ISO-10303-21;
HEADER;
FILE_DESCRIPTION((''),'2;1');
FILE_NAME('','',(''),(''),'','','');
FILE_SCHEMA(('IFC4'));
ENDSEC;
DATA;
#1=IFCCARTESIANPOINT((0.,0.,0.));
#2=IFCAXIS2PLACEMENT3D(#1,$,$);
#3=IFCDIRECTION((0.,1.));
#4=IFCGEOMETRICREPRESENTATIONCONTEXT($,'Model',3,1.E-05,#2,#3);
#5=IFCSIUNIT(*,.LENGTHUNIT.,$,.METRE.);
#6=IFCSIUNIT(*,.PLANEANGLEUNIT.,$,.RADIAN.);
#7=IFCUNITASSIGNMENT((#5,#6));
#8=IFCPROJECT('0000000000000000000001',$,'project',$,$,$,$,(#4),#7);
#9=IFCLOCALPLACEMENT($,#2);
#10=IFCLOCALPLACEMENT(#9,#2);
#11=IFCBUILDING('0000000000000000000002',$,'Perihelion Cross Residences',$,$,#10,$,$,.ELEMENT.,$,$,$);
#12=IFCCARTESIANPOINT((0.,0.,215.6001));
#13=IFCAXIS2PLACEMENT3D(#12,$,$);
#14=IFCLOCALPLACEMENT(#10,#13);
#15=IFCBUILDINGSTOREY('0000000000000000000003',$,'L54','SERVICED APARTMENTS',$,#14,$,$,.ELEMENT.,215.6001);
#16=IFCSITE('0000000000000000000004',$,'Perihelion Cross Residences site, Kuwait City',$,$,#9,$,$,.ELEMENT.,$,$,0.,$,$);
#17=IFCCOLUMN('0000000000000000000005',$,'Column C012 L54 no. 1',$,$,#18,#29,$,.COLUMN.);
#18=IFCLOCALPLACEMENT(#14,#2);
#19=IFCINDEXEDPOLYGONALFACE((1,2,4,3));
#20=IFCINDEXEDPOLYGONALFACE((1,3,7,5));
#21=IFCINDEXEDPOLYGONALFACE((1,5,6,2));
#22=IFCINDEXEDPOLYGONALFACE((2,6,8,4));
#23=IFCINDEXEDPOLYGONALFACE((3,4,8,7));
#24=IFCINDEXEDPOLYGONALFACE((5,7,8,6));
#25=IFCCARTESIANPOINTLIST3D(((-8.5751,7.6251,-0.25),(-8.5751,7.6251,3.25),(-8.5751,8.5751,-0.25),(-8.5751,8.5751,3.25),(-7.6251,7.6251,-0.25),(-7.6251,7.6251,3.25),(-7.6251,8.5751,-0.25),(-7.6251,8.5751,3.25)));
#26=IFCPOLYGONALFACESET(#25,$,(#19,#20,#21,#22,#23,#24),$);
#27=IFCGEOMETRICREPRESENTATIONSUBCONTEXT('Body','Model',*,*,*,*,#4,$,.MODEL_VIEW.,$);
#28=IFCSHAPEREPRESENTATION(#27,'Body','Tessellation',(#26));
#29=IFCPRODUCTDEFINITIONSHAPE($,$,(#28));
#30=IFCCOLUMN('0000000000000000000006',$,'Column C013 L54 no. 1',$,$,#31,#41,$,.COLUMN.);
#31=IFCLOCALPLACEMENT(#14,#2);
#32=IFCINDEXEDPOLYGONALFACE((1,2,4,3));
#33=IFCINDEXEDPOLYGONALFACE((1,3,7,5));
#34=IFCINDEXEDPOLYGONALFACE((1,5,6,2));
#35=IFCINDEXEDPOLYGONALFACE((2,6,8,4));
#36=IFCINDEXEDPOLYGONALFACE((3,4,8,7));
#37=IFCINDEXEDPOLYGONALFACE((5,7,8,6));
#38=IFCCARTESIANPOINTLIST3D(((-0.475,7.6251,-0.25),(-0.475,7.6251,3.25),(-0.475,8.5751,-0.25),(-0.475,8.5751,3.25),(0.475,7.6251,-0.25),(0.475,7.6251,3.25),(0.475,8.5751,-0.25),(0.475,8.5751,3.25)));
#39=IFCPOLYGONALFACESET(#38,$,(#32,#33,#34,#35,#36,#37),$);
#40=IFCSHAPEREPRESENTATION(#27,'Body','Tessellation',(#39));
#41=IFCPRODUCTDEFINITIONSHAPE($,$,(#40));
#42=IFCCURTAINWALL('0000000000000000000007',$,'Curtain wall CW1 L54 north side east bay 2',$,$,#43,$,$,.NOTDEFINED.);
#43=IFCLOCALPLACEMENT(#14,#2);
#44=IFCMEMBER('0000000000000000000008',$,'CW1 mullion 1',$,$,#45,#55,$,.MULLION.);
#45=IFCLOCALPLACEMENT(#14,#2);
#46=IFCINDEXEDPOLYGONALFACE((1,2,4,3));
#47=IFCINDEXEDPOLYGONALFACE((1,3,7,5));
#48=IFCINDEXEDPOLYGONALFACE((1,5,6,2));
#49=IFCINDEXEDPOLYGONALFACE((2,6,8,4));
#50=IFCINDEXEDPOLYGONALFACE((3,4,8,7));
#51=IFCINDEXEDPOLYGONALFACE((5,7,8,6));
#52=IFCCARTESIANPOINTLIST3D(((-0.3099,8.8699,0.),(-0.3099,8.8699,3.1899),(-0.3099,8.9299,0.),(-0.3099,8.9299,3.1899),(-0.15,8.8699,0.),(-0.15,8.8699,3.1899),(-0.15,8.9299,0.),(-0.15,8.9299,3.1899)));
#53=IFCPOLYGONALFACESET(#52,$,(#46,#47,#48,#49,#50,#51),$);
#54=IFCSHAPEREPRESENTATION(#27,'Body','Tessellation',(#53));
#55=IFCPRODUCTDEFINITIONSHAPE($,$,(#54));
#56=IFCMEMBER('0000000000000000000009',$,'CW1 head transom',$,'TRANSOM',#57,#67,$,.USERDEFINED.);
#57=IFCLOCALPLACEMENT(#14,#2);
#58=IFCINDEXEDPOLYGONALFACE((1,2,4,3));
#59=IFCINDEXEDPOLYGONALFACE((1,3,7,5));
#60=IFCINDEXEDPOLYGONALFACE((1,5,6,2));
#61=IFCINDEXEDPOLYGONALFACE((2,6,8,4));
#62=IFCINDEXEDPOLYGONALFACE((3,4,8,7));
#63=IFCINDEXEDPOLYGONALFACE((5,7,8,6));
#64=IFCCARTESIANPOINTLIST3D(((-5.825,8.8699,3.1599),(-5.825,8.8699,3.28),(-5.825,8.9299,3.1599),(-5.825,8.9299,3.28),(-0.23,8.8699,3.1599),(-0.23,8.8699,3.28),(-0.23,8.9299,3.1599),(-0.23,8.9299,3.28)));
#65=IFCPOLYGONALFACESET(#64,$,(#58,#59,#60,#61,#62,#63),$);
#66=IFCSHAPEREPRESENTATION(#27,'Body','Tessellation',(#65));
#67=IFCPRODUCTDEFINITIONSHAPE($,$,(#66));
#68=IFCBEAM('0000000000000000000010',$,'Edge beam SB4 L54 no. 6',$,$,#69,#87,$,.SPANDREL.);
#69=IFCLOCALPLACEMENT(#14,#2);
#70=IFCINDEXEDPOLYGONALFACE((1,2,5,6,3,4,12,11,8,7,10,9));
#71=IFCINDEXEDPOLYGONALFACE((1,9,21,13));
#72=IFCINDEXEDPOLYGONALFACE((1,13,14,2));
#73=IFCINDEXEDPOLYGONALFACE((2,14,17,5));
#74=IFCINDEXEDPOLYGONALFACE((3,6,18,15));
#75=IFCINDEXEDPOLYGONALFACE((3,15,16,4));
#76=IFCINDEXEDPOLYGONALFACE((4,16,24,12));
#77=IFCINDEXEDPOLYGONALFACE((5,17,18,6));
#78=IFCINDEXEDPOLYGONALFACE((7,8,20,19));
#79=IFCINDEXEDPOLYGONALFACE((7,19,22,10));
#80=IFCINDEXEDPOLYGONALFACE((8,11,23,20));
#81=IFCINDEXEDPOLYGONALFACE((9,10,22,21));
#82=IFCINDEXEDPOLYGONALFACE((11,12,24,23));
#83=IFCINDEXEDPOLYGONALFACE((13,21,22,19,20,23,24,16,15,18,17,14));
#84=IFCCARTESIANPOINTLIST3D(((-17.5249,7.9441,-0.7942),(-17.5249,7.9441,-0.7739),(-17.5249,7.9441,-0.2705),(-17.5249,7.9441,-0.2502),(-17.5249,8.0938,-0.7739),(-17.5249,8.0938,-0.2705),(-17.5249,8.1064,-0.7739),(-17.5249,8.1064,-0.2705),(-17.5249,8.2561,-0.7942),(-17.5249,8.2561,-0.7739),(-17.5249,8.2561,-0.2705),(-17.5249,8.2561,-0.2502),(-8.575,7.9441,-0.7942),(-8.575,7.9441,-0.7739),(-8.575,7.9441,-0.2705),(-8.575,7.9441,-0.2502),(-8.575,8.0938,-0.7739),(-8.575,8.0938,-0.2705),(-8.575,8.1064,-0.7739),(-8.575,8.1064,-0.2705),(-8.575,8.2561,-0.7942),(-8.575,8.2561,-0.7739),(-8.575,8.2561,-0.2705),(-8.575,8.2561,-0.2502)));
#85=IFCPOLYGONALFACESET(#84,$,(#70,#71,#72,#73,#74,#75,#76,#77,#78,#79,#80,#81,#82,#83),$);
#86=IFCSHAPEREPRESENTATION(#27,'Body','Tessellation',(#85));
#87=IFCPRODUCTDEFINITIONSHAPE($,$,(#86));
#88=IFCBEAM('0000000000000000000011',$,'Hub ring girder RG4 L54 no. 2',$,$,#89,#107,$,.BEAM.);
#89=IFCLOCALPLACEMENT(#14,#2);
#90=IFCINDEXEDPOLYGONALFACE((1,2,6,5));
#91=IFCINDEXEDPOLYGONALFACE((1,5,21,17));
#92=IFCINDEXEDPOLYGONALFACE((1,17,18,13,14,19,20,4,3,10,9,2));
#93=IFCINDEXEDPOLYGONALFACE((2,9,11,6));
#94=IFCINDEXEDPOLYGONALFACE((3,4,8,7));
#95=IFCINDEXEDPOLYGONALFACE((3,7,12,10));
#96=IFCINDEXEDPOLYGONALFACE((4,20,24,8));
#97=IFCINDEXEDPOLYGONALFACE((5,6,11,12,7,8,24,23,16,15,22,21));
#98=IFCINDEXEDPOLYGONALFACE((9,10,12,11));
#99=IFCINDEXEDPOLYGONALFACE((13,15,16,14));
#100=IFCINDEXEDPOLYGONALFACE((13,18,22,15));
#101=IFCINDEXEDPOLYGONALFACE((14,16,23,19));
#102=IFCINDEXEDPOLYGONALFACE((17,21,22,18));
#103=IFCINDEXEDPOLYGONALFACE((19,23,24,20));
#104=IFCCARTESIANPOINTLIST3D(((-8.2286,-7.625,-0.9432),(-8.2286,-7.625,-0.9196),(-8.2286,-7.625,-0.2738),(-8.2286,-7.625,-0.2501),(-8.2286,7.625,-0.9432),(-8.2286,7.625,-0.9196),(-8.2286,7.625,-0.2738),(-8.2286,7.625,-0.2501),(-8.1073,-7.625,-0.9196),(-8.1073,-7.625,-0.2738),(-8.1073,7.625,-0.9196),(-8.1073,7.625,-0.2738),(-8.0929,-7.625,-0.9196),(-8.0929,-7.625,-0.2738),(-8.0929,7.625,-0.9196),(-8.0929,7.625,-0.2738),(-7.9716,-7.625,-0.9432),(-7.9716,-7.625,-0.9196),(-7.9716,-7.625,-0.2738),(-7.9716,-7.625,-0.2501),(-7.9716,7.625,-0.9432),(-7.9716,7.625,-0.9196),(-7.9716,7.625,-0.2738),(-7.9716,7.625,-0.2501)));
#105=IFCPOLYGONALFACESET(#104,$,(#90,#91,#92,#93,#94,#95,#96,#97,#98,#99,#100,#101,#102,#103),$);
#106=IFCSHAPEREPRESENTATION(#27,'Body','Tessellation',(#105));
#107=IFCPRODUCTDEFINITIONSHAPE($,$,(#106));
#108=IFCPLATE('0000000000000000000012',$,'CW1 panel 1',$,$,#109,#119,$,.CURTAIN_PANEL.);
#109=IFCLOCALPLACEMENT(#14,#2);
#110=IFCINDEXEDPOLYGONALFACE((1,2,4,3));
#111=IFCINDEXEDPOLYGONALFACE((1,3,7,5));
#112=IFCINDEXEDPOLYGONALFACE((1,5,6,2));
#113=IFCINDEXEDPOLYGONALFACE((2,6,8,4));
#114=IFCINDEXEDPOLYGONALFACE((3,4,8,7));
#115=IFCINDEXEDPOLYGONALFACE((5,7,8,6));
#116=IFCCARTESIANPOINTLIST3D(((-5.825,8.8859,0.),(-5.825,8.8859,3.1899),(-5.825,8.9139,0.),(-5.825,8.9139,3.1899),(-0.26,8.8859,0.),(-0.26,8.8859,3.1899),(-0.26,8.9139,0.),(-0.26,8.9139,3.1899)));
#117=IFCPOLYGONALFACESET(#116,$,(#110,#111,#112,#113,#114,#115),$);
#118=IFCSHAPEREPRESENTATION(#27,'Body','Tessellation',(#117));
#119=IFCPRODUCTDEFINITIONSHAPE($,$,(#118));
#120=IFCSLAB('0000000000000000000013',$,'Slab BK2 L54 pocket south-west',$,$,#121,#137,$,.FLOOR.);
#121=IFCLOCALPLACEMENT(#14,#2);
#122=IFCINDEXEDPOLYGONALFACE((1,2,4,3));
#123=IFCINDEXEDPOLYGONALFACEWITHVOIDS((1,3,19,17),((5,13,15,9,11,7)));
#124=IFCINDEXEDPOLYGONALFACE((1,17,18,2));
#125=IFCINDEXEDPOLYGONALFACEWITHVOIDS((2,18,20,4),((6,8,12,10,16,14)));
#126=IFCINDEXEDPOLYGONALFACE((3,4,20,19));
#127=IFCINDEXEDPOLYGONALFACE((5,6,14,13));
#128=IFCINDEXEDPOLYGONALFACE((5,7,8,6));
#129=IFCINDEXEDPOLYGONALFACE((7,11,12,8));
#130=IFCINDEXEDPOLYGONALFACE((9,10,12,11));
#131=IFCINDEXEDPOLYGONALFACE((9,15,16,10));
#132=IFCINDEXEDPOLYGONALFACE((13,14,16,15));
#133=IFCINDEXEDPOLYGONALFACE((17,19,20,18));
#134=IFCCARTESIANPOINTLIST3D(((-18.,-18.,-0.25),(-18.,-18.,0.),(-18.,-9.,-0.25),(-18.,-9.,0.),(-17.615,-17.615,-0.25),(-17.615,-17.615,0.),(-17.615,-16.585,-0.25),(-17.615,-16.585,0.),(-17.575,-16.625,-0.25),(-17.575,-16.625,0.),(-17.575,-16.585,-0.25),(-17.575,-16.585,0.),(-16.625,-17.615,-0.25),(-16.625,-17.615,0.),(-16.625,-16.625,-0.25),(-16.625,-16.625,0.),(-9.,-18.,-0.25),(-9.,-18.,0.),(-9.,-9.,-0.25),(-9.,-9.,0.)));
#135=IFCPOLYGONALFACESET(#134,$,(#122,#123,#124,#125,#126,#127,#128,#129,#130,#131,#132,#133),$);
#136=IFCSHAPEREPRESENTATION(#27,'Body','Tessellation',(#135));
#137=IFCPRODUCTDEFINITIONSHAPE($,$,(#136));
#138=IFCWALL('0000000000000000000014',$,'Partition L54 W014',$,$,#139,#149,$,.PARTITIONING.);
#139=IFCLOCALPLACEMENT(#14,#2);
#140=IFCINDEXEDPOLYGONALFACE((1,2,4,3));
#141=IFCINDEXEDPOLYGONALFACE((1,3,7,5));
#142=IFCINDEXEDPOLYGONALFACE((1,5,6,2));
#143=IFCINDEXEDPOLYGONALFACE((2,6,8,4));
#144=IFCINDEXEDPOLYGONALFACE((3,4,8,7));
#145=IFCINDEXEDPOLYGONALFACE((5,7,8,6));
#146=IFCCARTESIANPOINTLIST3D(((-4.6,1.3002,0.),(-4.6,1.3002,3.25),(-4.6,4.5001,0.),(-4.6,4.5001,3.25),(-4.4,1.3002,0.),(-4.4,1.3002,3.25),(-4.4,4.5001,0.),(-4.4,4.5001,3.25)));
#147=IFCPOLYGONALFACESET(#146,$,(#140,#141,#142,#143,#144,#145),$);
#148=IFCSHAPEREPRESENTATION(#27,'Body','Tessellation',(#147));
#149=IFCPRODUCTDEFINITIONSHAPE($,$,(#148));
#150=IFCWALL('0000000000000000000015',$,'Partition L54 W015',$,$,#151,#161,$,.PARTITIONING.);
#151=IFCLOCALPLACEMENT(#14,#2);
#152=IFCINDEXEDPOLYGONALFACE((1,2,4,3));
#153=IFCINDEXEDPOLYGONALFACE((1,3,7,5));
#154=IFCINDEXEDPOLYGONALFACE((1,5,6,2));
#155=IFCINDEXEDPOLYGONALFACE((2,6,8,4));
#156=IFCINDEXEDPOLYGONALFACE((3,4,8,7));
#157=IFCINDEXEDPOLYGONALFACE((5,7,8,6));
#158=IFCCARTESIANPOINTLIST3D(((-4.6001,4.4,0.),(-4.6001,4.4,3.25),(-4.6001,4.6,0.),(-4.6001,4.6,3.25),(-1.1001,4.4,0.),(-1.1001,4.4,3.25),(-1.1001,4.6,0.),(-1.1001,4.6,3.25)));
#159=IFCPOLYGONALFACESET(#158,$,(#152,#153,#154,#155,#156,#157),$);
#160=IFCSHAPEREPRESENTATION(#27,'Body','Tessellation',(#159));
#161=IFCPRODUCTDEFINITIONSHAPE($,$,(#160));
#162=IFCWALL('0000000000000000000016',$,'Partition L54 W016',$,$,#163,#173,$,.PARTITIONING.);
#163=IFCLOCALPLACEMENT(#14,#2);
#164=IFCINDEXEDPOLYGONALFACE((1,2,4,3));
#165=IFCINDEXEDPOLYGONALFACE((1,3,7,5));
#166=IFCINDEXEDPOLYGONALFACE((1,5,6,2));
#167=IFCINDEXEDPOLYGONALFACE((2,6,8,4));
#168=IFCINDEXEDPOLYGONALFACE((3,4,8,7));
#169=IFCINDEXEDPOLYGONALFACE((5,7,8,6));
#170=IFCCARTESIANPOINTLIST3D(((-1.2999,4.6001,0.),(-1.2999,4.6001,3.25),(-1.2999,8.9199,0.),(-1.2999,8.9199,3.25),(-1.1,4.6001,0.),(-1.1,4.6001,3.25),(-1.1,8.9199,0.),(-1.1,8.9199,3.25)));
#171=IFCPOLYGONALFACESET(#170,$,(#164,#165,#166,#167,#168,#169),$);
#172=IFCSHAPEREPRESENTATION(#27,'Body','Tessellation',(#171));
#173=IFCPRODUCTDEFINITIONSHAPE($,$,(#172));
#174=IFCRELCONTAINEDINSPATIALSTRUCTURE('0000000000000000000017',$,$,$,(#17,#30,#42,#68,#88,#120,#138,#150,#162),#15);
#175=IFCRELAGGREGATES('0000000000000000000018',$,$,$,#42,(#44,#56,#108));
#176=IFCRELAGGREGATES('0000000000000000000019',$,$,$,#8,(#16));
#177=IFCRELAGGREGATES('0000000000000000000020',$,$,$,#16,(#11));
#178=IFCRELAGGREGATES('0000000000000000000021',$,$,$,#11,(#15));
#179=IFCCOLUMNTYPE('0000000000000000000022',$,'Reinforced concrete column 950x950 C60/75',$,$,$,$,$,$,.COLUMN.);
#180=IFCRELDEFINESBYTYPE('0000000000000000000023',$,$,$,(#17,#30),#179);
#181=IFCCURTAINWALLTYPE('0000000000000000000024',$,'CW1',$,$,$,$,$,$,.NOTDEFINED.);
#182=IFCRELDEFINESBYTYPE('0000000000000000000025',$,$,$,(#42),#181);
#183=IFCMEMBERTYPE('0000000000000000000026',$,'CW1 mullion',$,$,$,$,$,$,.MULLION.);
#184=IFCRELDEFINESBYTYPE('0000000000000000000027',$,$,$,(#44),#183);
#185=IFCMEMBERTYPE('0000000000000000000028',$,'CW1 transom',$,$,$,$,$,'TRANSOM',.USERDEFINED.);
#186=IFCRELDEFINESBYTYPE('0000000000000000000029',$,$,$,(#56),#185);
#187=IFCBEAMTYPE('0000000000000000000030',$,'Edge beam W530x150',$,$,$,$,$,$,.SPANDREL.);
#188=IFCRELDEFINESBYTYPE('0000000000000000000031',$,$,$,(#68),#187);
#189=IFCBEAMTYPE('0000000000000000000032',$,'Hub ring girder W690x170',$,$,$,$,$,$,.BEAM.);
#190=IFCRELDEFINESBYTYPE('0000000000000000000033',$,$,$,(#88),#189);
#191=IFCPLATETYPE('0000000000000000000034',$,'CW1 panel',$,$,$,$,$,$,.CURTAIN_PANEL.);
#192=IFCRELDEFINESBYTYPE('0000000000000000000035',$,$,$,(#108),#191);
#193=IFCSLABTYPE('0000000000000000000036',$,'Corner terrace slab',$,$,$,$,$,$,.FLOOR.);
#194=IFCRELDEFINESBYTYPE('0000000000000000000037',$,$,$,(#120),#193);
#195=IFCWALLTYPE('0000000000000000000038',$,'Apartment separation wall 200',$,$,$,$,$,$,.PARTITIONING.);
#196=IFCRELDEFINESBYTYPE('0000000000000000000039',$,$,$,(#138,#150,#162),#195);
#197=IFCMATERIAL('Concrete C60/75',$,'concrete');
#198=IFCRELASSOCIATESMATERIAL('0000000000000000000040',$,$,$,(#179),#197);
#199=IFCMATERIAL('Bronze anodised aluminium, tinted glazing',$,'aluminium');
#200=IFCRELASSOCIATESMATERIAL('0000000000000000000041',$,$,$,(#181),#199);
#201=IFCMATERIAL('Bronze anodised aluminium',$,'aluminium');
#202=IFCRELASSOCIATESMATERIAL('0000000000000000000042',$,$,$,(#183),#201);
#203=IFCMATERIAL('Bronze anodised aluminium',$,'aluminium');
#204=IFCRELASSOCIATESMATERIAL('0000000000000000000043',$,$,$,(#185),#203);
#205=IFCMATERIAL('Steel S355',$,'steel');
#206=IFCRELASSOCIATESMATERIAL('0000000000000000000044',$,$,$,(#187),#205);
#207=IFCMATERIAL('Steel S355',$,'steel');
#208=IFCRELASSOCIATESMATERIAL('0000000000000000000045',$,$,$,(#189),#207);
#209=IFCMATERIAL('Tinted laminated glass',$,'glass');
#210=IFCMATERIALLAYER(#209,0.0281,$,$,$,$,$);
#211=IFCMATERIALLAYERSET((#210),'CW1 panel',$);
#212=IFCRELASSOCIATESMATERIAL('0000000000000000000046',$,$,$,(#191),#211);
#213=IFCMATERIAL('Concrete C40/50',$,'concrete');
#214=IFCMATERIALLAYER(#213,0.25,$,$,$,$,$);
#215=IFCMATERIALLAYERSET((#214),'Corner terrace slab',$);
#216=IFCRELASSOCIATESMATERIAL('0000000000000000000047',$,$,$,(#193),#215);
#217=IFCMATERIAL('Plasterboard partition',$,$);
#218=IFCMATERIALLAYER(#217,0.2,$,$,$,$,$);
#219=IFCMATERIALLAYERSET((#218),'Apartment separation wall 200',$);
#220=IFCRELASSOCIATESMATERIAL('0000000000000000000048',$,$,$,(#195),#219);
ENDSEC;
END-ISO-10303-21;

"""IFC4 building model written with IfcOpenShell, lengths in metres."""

from ifc_helpers import new_model, si_unit, direction, frame, frame_2d, origin, origin_2d, place, context, subcontext, project, spatial, polyline, rectangle, i_section, outline, extrude, material, layer, layer_set, material_profile, profile_set, type_object, element, aggregate, save


model = new_model("IFC4")

# Units and contexts
model_context = context("Model", 3, precision=1e-05, world=origin(), true_north=direction((0.0, 1.0)))
body_context = subcontext(model_context, "Body", "Model", "MODEL_VIEW")
ifc_project = project(units=[si_unit("LENGTHUNIT", "METRE"), si_unit("PLANEANGLEUNIT", "RADIAN")], contexts=[model_context])

# Site, building, storey
site_placement = place(None, origin())
site = spatial("IfcSite", under=ifc_project, at=site_placement, Name="Perihelion Cross Residences site, Kuwait City", CompositionType="ELEMENT", RefElevation=0.0)
building_placement = place(site_placement, origin())
building = spatial("IfcBuilding", under=site, at=building_placement, Name="Perihelion Cross Residences", CompositionType="ELEMENT")
storey_placement = place(building_placement, frame((0.0, 0.0, 215.6001)))
storey = spatial("IfcBuildingStorey", under=building, at=storey_placement, Name="L54", Description="SERVICED APARTMENTS", CompositionType="ELEMENT", Elevation=215.6001)

# Columns
ifc_material_1 = material(Name="Concrete C60/75", Category="concrete")
ifc_material_profile_1 = material_profile(ifc_material_1, rectangle(XDim=0.95, YDim=0.95, at=origin_2d()), Name="RC 950x950")
ifc_profile_set_1 = profile_set([ifc_material_profile_1], Name="Concrete C60/75")
column_type = type_object("IfcColumnType", Name="Reinforced concrete column 950x950 C60/75", PredefinedType="COLUMN", material=ifc_profile_set_1)
for number, where, z_axis, x_axis, name in (
    (1, (-8.1001, 8.1001, -0.25), (0.0, 0.0, 1.0), (1.0, 0.0, 0.0), "Column C012 L54 no. 1"),
    (2, (0.0, 8.1001, -0.25), (0.0, 0.0, 1.0), (1.0, 0.0, 0.0), "Column C013 L54 no. 1"),
):
    element("IfcColumn", number, at=place(storey_placement, frame(where, z_axis=z_axis, x_axis=x_axis)), inside=storey, type_object=column_type, Name=name, PredefinedType="COLUMN", context=body_context, shape_type="SweptSolid", body=[
        extrude(rectangle(XDim=0.95, YDim=0.95, at=origin_2d()), origin(), (0.0, 0.0, 1.0), 3.5),
    ])

# Curtain wall, members
ifc_material_2 = material(Name="Bronze anodised aluminium, tinted glazing", Category="aluminium")
curtain_wall_type = type_object("IfcCurtainWallType", Name="CW1", PredefinedType="NOTDEFINED", material=ifc_material_2)
curtain_wall_placement = place(storey_placement, origin())
curtain_wall = element("IfcCurtainWall", 3, at=curtain_wall_placement, inside=storey, type_object=curtain_wall_type, Name="Curtain wall CW1 L54 north side east bay 2", PredefinedType="NOTDEFINED")
ifc_material_3 = material(Name="Bronze anodised aluminium", Category="aluminium")
ifc_material_profile_2 = material_profile(ifc_material_3, rectangle(XDim=0.0601, YDim=0.1599, at=origin_2d()), Name="CW1 mullion")
ifc_profile_set_2 = profile_set([ifc_material_profile_2], Name="Bronze anodised aluminium")
member_type_1 = type_object("IfcMemberType", Name="CW1 mullion", PredefinedType="MULLION", material=ifc_profile_set_2)
member_1_placement = place(storey_placement, frame((-0.23, 8.8999, 0.0), z_axis=(0.0, 0.0, 1.0), x_axis=(0.0, -1.0, 0.0)))
member_1 = element("IfcMember", 4, at=member_1_placement, type_object=member_type_1, Name="CW1 mullion 1", PredefinedType="MULLION", context=body_context, shape_type="SweptSolid", body=[
    extrude(rectangle(XDim=0.0601, YDim=0.1599, at=origin_2d()), origin(), (0.0, 0.0, 1.0), 3.1899),
])
ifc_material_4 = material(Name="Bronze anodised aluminium", Category="aluminium")
ifc_material_profile_3 = material_profile(ifc_material_4, rectangle(XDim=0.0601, YDim=0.1201, at=origin_2d()), Name="CW1 transom")
ifc_profile_set_3 = profile_set([ifc_material_profile_3], Name="Bronze anodised aluminium")
member_type_2 = type_object("IfcMemberType", Name="CW1 transom", ElementType="TRANSOM", PredefinedType="USERDEFINED", material=ifc_profile_set_3)
member_2_placement = place(storey_placement, frame((-0.23, 8.8999, 3.22), z_axis=(-1.0, 0.0, 0.0), x_axis=(0.0, -1.0, 0.0)))
member_2 = element("IfcMember", 5, at=member_2_placement, type_object=member_type_2, Name="CW1 head transom", ObjectType="TRANSOM", PredefinedType="USERDEFINED", context=body_context, shape_type="SweptSolid", body=[
    extrude(rectangle(XDim=0.0601, YDim=0.1201, at=origin_2d()), origin(), (0.0, 0.0, 1.0), 5.595),
])

# Beams
ifc_material_5 = material(Name="Steel S355", Category="steel")
ifc_material_profile_4 = material_profile(ifc_material_5, i_section(OverallWidth=0.312, OverallDepth=0.5439, WebThickness=0.0127, FlangeThickness=0.0203, at=origin_2d()), Name="W530x150")
ifc_profile_set_4 = profile_set([ifc_material_profile_4], Name="Steel S355")
beam_type_1 = type_object("IfcBeamType", Name="Edge beam W530x150", PredefinedType="SPANDREL", material=ifc_profile_set_4)
beam_1_placement = place(storey_placement, frame((-8.575, 8.1001, -0.5222), z_axis=(-1.0, 0.0, 0.0), x_axis=(0.0, -1.0, 0.0)))
element("IfcBeam", 6, at=beam_1_placement, inside=storey, type_object=beam_type_1, Name="Edge beam SB4 L54 no. 6", PredefinedType="SPANDREL", context=body_context, shape_type="SweptSolid", body=[
    extrude(i_section(OverallWidth=0.312, OverallDepth=0.5439, WebThickness=0.0127, FlangeThickness=0.0203, at=origin_2d()), origin(), (0.0, 0.0, 1.0), 8.95),
])
ifc_material_6 = material(Name="Steel S355", Category="steel")
ifc_material_profile_5 = material_profile(ifc_material_6, i_section(OverallWidth=0.2571, OverallDepth=0.6931, WebThickness=0.0144, FlangeThickness=0.0237, at=origin_2d()), Name="W690x170")
ifc_profile_set_5 = profile_set([ifc_material_profile_5], Name="Steel S355")
beam_type_2 = type_object("IfcBeamType", Name="Hub ring girder W690x170", PredefinedType="BEAM", material=ifc_profile_set_5)
beam_2_placement = place(storey_placement, frame((-8.1001, 7.625, -0.5967), z_axis=(0.0, -1.0, 0.0), x_axis=(1.0, 0.0, 0.0)))
element("IfcBeam", 7, at=beam_2_placement, inside=storey, type_object=beam_type_2, Name="Hub ring girder RG4 L54 no. 2", PredefinedType="BEAM", context=body_context, shape_type="SweptSolid", body=[
    extrude(i_section(OverallWidth=0.2571, OverallDepth=0.6931, WebThickness=0.0144, FlangeThickness=0.0237, at=origin_2d()), origin(), (0.0, 0.0, 1.0), 15.25),
])

# Plate
ifc_material_7 = material(Name="Tinted laminated glass", Category="glass")
ifc_layer_1 = layer(ifc_material_7, 0.0281)
ifc_layer_set_1 = layer_set([ifc_layer_1], Name="CW1 panel")
plate_type = type_object("IfcPlateType", Name="CW1 panel", PredefinedType="CURTAIN_PANEL", material=ifc_layer_set_1)
plate_placement = place(storey_placement, frame((-3.0425, 8.8999, 0.0), z_axis=(0.0, 0.0, 1.0), x_axis=(-1.0, 0.0, 0.0)))
plate = element("IfcPlate", 8, at=plate_placement, type_object=plate_type, Name="CW1 panel 1", PredefinedType="CURTAIN_PANEL", context=body_context, shape_type="SweptSolid", body=[
    extrude(rectangle(XDim=5.5649, YDim=0.0281, at=origin_2d()), origin(), (0.0, 0.0, 1.0), 3.1899),
])
aggregate(curtain_wall, [member_1, member_2, plate])

# Slab
ifc_material_8 = material(Name="Concrete C40/50", Category="concrete")
ifc_layer_2 = layer(ifc_material_8, 0.25)
ifc_layer_set_2 = layer_set([ifc_layer_2], Name="Corner terrace slab")
slab_type = type_object("IfcSlabType", Name="Corner terrace slab", PredefinedType="FLOOR", material=ifc_layer_set_2)
slab_placement = place(storey_placement, frame((0.0, 0.0, -0.25)))
element("IfcSlab", 9, at=slab_placement, inside=storey, type_object=slab_type, Name="Slab BK2 L54 pocket south-west", PredefinedType="FLOOR", context=body_context, shape_type="SweptSolid", body=[
    extrude(outline(polyline([(-9.0, -18.0), (-9.0, -9.0), (-18.0, -9.0), (-18.0, -18.0), (-9.0, -18.0)]), holes=[polyline([(-16.625, -17.615), (-17.615, -17.615), (-17.615, -16.585), (-17.575, -16.585), (-17.575, -16.625), (-16.625, -16.625), (-16.625, -17.615)])]), origin(), (0.0, 0.0, 1.0), 0.25),
])

# Walls
ifc_material_9 = material(Name="Plasterboard partition")
ifc_layer_3 = layer(ifc_material_9, 0.2)
ifc_layer_set_3 = layer_set([ifc_layer_3], Name="Apartment separation wall 200")
wall_type_1 = type_object("IfcWallType", Name="Apartment separation wall 200", PredefinedType="PARTITIONING", material=ifc_layer_set_3)
wall_1_placement = place(storey_placement, frame((-4.5, 1.3, 0.0), z_axis=(0.0, 0.0, 1.0), x_axis=(0.0, 1.0, 0.0)))
element("IfcWall", 10, at=wall_1_placement, inside=storey, type_object=wall_type_1, Name="Partition L54 W014", PredefinedType="PARTITIONING", context=body_context, shape_type="SweptSolid", body=[
    extrude(rectangle(XDim=3.2, YDim=0.2, at=frame_2d((1.6001, 0.0))), origin(), (0.0, 0.0, 1.0), 3.25),
])
wall_2_placement = place(storey_placement, frame((-4.6001, 4.5, 0.0), z_axis=(0.0, 0.0, 1.0), x_axis=(1.0, 0.0, 0.0)))
element("IfcWall", 11, at=wall_2_placement, inside=storey, type_object=wall_type_1, Name="Partition L54 W015", PredefinedType="PARTITIONING", context=body_context, shape_type="SweptSolid", body=[
    extrude(rectangle(XDim=3.5, YDim=0.2, at=frame_2d((1.75, 0.0))), origin(), (0.0, 0.0, 1.0), 3.25),
])
wall_3_placement = place(storey_placement, frame((-1.2, 4.6001, 0.0), z_axis=(0.0, 0.0, 1.0), x_axis=(0.0, 1.0, 0.0)))
element("IfcWall", 12, at=wall_3_placement, inside=storey, type_object=wall_type_1, Name="Partition L54 W016", PredefinedType="PARTITIONING", context=body_context, shape_type="SweptSolid", body=[
    extrude(rectangle(XDim=4.3198, YDim=0.2, at=frame_2d((2.1599, 0.0))), origin(), (0.0, 0.0, 1.0), 3.25),
])

save(model, "model.ifc")
